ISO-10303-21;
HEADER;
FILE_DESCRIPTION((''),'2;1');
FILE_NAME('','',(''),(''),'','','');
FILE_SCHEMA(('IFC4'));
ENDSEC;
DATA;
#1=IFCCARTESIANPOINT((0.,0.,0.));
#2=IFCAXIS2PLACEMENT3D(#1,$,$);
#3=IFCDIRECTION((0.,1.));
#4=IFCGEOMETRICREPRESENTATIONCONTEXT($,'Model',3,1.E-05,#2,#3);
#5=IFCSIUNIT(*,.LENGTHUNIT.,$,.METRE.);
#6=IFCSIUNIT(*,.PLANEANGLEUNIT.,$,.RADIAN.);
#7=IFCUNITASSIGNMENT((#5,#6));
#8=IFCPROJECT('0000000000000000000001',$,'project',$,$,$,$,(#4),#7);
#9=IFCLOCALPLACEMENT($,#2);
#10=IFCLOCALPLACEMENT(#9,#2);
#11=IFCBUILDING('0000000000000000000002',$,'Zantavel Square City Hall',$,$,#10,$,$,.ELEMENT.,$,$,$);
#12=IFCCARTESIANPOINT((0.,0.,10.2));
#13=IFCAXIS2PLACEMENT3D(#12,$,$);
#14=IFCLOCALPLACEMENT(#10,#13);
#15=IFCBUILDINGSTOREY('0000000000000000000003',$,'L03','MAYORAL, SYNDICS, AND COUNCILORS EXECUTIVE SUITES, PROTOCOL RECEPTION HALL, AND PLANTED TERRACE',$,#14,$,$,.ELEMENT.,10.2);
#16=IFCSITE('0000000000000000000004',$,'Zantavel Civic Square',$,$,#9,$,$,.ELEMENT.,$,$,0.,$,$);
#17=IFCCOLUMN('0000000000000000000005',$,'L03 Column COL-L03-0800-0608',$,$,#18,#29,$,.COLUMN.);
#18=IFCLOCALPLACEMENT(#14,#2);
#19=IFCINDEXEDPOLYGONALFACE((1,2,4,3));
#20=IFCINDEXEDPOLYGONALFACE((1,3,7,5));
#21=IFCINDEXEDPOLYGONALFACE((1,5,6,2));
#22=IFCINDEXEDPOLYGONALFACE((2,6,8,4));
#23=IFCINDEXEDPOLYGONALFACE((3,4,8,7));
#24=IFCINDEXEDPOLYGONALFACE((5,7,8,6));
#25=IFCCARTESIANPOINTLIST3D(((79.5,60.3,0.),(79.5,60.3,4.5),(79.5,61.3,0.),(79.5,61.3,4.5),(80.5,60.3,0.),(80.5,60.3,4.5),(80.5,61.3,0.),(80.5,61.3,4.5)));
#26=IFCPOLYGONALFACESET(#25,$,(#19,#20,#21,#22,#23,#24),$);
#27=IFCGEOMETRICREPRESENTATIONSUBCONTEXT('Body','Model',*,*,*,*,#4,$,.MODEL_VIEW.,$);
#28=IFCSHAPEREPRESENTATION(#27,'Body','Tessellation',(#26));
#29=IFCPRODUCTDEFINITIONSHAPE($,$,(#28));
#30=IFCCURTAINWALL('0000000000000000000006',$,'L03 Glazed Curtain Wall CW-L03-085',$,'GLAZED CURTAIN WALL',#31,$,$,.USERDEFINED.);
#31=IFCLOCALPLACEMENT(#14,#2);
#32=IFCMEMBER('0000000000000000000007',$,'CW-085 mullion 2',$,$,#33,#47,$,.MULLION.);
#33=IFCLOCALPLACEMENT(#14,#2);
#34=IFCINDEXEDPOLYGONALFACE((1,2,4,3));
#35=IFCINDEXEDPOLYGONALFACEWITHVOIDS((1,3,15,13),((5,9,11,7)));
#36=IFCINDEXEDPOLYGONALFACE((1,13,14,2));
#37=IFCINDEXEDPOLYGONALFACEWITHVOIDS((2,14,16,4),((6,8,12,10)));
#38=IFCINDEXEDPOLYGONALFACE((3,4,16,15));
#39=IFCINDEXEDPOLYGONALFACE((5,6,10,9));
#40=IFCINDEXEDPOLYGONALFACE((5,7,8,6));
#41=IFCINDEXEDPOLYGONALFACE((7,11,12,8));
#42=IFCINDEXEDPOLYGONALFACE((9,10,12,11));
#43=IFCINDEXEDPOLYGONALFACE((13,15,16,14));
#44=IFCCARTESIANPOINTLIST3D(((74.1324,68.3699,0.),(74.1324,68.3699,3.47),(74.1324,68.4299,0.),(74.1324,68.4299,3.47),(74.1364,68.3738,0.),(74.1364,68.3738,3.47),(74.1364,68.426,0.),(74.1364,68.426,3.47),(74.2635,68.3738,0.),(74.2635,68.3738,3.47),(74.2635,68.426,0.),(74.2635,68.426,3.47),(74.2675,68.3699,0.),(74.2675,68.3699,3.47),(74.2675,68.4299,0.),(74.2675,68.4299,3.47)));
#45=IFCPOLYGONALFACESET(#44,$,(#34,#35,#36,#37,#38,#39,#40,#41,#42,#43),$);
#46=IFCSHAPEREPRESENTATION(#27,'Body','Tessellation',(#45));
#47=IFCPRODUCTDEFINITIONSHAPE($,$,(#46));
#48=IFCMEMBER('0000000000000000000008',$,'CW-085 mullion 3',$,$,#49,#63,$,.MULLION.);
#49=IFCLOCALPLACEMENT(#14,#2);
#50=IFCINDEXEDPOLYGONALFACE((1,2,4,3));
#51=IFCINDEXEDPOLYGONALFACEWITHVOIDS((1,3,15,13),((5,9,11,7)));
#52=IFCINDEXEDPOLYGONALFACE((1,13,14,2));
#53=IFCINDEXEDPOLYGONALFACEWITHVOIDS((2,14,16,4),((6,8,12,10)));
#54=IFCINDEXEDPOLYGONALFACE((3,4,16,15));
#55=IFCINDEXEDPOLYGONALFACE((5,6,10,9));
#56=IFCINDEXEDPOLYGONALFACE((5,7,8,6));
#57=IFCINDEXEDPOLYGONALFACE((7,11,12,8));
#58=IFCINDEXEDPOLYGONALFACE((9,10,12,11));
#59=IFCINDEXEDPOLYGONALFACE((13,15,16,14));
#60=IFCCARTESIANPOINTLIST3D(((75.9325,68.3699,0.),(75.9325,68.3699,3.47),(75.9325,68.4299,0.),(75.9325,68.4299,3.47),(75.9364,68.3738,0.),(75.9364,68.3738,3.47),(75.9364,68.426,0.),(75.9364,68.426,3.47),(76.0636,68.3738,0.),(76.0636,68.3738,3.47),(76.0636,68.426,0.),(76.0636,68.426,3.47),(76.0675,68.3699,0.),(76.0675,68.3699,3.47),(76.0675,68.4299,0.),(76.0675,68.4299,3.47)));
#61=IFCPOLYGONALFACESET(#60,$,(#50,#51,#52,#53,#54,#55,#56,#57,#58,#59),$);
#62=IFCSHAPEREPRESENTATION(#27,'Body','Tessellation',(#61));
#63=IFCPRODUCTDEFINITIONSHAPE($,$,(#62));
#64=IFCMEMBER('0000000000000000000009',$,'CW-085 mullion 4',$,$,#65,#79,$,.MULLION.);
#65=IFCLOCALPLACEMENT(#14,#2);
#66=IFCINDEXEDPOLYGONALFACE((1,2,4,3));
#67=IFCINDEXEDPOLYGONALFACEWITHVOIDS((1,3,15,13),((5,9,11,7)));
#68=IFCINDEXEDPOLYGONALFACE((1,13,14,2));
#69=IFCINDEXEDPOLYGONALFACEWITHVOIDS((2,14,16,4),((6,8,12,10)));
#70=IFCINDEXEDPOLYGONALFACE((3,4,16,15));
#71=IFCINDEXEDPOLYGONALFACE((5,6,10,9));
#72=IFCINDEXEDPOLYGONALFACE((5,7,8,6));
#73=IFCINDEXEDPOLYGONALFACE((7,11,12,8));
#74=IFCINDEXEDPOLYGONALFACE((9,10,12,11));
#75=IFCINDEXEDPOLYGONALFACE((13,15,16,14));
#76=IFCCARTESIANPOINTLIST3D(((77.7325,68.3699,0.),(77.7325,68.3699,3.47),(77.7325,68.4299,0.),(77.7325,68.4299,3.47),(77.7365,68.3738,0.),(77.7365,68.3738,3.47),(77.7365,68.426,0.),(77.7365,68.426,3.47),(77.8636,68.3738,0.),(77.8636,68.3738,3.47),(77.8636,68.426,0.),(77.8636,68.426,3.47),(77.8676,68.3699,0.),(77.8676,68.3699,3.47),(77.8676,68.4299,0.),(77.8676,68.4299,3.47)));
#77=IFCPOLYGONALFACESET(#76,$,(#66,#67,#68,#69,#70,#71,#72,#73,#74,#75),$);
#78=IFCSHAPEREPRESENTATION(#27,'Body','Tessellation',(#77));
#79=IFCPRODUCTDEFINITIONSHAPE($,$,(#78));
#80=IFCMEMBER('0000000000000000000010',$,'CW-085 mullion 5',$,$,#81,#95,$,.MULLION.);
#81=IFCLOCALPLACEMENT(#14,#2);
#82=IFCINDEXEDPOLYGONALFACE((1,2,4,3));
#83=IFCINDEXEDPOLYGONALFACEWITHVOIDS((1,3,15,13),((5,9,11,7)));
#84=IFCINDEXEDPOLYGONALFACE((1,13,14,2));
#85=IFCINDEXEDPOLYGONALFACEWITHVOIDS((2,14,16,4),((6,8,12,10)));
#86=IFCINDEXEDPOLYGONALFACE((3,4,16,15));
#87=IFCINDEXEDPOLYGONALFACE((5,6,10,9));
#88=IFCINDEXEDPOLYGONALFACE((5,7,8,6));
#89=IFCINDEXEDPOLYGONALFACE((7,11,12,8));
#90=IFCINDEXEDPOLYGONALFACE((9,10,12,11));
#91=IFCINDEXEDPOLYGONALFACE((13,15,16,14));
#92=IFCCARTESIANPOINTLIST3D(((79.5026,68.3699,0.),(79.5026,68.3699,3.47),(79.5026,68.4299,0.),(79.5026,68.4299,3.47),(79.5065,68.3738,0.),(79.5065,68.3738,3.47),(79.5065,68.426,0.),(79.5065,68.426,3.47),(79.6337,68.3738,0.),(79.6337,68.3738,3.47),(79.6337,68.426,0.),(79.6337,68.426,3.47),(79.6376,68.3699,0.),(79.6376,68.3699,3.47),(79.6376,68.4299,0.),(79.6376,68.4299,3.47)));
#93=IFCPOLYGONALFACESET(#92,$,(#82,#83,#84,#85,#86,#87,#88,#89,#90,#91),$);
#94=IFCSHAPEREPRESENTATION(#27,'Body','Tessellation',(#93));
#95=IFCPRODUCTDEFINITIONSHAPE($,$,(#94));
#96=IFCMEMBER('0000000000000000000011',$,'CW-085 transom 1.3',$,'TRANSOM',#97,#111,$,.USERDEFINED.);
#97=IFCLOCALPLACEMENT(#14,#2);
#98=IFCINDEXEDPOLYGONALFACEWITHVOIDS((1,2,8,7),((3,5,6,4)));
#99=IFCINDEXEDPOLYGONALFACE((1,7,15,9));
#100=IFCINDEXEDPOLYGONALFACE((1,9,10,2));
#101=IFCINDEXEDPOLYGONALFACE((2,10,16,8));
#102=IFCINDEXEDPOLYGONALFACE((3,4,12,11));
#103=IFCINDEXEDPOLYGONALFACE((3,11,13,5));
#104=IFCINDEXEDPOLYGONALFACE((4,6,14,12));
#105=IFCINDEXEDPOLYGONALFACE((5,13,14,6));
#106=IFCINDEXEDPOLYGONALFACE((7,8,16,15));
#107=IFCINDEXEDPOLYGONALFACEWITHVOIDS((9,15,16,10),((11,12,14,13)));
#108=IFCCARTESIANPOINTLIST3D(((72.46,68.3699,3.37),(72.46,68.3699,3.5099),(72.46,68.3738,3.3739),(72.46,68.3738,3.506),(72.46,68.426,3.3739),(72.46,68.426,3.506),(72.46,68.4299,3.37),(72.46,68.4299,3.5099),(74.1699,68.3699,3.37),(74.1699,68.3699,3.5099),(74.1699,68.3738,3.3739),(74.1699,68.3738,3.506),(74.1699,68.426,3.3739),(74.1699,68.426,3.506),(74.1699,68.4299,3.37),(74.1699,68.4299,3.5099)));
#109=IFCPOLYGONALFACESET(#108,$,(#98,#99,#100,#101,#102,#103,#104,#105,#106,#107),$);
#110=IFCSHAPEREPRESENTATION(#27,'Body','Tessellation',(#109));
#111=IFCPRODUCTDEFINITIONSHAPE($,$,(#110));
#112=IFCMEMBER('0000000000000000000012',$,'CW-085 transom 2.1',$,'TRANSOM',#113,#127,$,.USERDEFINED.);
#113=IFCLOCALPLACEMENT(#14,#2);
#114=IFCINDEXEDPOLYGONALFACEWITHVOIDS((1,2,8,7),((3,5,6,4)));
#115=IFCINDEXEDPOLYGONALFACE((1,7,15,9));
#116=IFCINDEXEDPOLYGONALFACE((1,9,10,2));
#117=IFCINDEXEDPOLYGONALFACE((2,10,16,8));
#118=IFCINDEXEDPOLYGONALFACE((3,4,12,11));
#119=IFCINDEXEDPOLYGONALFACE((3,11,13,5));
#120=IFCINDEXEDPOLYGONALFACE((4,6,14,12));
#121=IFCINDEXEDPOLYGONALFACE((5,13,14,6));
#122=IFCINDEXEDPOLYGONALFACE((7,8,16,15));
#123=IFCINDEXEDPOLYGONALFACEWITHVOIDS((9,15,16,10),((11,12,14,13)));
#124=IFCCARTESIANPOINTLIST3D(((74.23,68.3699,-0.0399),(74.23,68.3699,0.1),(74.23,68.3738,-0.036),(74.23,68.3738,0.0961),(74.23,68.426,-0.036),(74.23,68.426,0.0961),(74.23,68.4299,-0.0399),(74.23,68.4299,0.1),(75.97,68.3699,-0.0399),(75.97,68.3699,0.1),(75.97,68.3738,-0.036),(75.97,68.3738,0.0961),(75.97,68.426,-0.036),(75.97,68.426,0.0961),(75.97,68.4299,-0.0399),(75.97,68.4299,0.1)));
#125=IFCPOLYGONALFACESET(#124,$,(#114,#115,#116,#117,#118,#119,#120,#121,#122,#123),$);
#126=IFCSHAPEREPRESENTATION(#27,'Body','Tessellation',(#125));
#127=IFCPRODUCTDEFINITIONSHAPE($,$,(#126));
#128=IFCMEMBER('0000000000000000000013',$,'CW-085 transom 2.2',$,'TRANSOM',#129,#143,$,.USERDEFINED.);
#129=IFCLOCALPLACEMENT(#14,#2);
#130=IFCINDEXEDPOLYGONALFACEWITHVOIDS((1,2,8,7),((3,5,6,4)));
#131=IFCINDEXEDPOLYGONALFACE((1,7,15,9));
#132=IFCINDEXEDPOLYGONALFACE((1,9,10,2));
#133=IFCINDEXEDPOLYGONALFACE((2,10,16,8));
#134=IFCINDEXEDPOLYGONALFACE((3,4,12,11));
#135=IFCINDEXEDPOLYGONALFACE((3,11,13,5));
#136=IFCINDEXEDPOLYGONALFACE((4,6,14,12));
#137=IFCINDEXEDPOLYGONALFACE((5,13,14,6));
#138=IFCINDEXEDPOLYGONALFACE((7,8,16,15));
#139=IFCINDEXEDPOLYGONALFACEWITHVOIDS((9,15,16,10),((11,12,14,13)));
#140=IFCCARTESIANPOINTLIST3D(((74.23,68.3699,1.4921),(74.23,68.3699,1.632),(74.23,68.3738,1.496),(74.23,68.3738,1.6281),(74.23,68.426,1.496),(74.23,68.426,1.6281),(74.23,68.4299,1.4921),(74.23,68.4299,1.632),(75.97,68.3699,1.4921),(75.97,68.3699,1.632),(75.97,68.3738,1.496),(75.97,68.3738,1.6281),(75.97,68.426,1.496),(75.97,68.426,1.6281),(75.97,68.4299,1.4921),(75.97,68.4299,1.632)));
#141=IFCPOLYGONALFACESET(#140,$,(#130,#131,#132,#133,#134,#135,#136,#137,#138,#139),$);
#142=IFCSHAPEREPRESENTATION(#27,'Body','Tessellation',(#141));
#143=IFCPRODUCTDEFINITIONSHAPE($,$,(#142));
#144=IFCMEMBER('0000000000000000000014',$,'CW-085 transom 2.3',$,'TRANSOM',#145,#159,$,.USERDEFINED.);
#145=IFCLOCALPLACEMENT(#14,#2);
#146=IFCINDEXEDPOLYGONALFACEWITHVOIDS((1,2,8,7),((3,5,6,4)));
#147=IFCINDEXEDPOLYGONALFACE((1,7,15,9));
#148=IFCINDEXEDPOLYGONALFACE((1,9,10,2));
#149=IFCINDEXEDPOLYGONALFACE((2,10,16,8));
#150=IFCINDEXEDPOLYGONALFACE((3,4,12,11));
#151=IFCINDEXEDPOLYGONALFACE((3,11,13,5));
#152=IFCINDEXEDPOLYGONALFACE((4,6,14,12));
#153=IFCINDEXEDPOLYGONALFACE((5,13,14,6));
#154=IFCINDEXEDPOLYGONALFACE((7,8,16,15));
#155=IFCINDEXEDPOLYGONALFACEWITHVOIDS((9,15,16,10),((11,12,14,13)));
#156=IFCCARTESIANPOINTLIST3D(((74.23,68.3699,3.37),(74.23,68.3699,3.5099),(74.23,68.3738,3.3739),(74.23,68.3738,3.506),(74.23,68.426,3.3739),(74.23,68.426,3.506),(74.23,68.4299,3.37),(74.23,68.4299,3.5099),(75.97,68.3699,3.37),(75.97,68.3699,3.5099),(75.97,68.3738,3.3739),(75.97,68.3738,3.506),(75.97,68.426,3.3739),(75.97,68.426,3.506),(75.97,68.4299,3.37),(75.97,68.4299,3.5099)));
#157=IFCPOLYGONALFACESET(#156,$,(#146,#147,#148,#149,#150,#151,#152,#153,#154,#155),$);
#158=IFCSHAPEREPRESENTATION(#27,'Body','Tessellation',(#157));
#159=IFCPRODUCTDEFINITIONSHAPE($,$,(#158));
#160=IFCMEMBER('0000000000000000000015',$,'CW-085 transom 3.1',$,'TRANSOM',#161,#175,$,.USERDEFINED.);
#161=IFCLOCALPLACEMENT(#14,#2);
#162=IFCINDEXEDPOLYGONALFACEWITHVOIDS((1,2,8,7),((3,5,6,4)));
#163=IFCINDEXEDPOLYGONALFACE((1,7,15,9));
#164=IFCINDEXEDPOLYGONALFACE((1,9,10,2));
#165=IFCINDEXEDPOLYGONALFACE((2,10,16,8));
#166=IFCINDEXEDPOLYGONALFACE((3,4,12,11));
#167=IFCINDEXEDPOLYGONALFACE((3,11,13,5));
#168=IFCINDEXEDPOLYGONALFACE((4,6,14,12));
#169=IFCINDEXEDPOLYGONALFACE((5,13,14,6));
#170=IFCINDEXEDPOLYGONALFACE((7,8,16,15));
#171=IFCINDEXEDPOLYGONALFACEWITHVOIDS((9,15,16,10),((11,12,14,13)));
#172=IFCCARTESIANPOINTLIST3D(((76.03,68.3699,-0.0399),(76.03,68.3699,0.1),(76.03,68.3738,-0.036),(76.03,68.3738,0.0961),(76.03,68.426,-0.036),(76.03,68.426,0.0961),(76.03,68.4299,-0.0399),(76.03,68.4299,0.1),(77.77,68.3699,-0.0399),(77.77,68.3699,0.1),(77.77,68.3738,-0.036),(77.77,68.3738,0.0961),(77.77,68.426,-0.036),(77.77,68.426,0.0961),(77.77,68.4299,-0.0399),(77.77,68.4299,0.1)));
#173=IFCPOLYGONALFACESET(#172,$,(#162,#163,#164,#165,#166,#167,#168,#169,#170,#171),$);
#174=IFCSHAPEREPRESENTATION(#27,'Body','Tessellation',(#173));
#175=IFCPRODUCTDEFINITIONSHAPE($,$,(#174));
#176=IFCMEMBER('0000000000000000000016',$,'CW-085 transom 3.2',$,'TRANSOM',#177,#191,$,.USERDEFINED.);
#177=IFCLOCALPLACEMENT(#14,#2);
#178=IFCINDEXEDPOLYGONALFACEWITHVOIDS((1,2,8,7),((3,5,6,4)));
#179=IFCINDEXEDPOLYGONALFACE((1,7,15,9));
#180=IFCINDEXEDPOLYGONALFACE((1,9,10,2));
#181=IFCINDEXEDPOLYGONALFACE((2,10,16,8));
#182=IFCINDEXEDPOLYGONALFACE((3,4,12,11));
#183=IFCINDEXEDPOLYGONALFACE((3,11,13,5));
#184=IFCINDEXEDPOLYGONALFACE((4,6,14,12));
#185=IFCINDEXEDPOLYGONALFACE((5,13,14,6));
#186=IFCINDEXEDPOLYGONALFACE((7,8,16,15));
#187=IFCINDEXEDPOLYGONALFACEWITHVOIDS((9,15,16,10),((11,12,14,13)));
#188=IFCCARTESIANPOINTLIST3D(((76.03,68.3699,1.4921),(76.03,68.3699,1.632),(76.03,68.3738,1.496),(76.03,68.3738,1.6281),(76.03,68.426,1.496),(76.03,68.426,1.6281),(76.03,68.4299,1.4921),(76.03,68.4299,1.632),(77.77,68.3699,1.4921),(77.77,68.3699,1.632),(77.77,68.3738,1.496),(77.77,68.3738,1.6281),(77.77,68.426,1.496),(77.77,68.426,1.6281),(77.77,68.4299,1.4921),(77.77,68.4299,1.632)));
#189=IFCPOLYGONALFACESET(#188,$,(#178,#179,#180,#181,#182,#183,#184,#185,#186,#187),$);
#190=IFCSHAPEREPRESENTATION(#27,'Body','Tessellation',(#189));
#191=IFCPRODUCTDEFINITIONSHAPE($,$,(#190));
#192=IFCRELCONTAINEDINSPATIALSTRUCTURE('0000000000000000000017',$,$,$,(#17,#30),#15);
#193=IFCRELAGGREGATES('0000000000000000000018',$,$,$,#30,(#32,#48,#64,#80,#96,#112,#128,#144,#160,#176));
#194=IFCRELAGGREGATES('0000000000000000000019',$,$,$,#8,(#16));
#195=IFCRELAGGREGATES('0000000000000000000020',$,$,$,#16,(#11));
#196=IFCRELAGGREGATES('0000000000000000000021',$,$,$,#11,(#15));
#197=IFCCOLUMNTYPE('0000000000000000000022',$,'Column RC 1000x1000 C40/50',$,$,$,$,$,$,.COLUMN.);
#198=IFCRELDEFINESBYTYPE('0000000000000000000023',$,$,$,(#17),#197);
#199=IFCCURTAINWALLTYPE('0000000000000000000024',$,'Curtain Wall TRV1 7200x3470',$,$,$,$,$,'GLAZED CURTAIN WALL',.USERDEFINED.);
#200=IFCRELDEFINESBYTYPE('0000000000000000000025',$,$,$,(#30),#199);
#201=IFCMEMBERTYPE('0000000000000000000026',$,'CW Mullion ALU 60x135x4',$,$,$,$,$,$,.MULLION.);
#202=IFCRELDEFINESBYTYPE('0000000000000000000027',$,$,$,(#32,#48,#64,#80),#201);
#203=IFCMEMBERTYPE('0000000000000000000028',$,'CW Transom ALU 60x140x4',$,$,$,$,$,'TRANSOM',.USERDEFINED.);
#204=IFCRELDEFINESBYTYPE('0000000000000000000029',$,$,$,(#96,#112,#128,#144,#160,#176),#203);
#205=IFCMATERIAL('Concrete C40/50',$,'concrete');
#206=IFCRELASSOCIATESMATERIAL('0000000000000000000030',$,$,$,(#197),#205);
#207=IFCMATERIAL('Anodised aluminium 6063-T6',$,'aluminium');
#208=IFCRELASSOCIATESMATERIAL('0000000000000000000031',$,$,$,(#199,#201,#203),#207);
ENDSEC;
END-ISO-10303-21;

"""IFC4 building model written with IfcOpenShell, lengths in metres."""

from ifc_helpers import new_model, si_unit, direction, frame, origin, origin_2d, place, context, subcontext, project, spatial, rectangle, hollow_rectangle, extrude, material, material_profile, profile_set, type_object, element, aggregate, save


model = new_model("IFC4")

# Units and contexts
model_context = context("Model", 3, precision=1e-05, world=origin(), true_north=direction((0.0, 1.0)))
body_context = subcontext(model_context, "Body", "Model", "MODEL_VIEW")
ifc_project = project(units=[si_unit("LENGTHUNIT", "METRE"), si_unit("PLANEANGLEUNIT", "RADIAN")], contexts=[model_context])

# Site, building, storey
site_placement = place(None, origin())
site = spatial("IfcSite", under=ifc_project, at=site_placement, Name="Zantavel Civic Square", CompositionType="ELEMENT", RefElevation=0.0)
building_placement = place(site_placement, origin())
building = spatial("IfcBuilding", under=site, at=building_placement, Name="Zantavel Square City Hall", CompositionType="ELEMENT")
storey_placement = place(building_placement, frame((0.0, 0.0, 10.2)))
storey = spatial("IfcBuildingStorey", under=building, at=storey_placement, Name="L03", Description="MAYORAL, SYNDICS, AND COUNCILORS EXECUTIVE SUITES, PROTOCOL RECEPTION HALL, AND PLANTED TERRACE", CompositionType="ELEMENT", Elevation=10.2)

# Column
ifc_material_1 = material(Name="Concrete C40/50", Category="concrete")
ifc_material_profile_1 = material_profile(ifc_material_1, rectangle(XDim=1.0, YDim=1.0, at=origin_2d()), Name="RC 1000x1000")
ifc_profile_set_1 = profile_set([ifc_material_profile_1], Name="Concrete C40/50")
column_type = type_object("IfcColumnType", Name="Column RC 1000x1000 C40/50", PredefinedType="COLUMN", material=ifc_profile_set_1)
column_placement = place(storey_placement, frame((80.0, 60.8, 0.0), z_axis=(0.0, 0.0, 1.0), x_axis=(1.0, 0.0, 0.0)))
element("IfcColumn", 1, at=column_placement, inside=storey, type_object=column_type, Name="L03 Column COL-L03-0800-0608", PredefinedType="COLUMN", context=body_context, shape_type="SweptSolid", body=[
    extrude(rectangle(XDim=1.0, YDim=1.0, at=origin_2d()), origin(), (0.0, 0.0, 1.0), 4.5),
])

# Curtain wall, members
ifc_material_2 = material(Name="Anodised aluminium 6063-T6", Category="aluminium")
curtain_wall_type = type_object("IfcCurtainWallType", Name="Curtain Wall TRV1 7200x3470", ElementType="GLAZED CURTAIN WALL", PredefinedType="USERDEFINED", material=ifc_material_2)
curtain_wall_placement = place(storey_placement, origin())
curtain_wall = element("IfcCurtainWall", 2, at=curtain_wall_placement, inside=storey, type_object=curtain_wall_type, Name="L03 Glazed Curtain Wall CW-L03-085", ObjectType="GLAZED CURTAIN WALL", PredefinedType="USERDEFINED")
ifc_material_profile_2 = material_profile(ifc_material_2, hollow_rectangle(XDim=0.0601, YDim=0.135, WallThickness=0.0039, at=origin_2d()), Name="ALU 60x135x4")
ifc_profile_set_2 = profile_set([ifc_material_profile_2], Name="Anodised aluminium 6063-T6")
member_type_1 = type_object("IfcMemberType", Name="CW Mullion ALU 60x135x4", PredefinedType="MULLION", material=ifc_profile_set_2)
member_1_placement = place(storey_placement, frame((74.2, 68.3999, 0.0), z_axis=(0.0, 0.0, 1.0), x_axis=(0.0, 1.0, 0.0)))
member_1 = element("IfcMember", 3, at=member_1_placement, type_object=member_type_1, Name="CW-085 mullion 2", PredefinedType="MULLION", context=body_context, shape_type="SweptSolid", body=[
    extrude(hollow_rectangle(XDim=0.0601, YDim=0.135, WallThickness=0.0039, at=origin_2d()), origin(), (0.0, 0.0, 1.0), 3.47),
])
member_2_placement = place(storey_placement, frame((76.0, 68.3999, 0.0), z_axis=(0.0, 0.0, 1.0), x_axis=(0.0, 1.0, 0.0)))
member_2 = element("IfcMember", 4, at=member_2_placement, type_object=member_type_1, Name="CW-085 mullion 3", PredefinedType="MULLION", context=body_context, shape_type="SweptSolid", body=[
    extrude(hollow_rectangle(XDim=0.0601, YDim=0.135, WallThickness=0.0039, at=origin_2d()), origin(), (0.0, 0.0, 1.0), 3.47),
])
member_3_placement = place(storey_placement, frame((77.8, 68.3999, 0.0), z_axis=(0.0, 0.0, 1.0), x_axis=(0.0, 1.0, 0.0)))
member_3 = element("IfcMember", 5, at=member_3_placement, type_object=member_type_1, Name="CW-085 mullion 4", PredefinedType="MULLION", context=body_context, shape_type="SweptSolid", body=[
    extrude(hollow_rectangle(XDim=0.0601, YDim=0.135, WallThickness=0.0039, at=origin_2d()), origin(), (0.0, 0.0, 1.0), 3.47),
])
member_4_placement = place(storey_placement, frame((79.5701, 68.3999, 0.0), z_axis=(0.0, 0.0, 1.0), x_axis=(0.0, 1.0, 0.0)))
member_4 = element("IfcMember", 6, at=member_4_placement, type_object=member_type_1, Name="CW-085 mullion 5", PredefinedType="MULLION", context=body_context, shape_type="SweptSolid", body=[
    extrude(hollow_rectangle(XDim=0.0601, YDim=0.135, WallThickness=0.0039, at=origin_2d()), origin(), (0.0, 0.0, 1.0), 3.47),
])
ifc_material_profile_3 = material_profile(ifc_material_2, hollow_rectangle(XDim=0.0601, YDim=0.1399, WallThickness=0.0039, at=origin_2d()), Name="ALU 60x140x4")
ifc_profile_set_3 = profile_set([ifc_material_profile_3], Name="Anodised aluminium 6063-T6")
member_type_2 = type_object("IfcMemberType", Name="CW Transom ALU 60x140x4", ElementType="TRANSOM", PredefinedType="USERDEFINED", material=ifc_profile_set_3)
member_5_placement = place(storey_placement, frame((72.46, 68.3999, 3.4399), z_axis=(1.0, 0.0, 0.0), x_axis=(0.0, 1.0, 0.0)))
member_5 = element("IfcMember", 7, at=member_5_placement, type_object=member_type_2, Name="CW-085 transom 1.3", ObjectType="TRANSOM", PredefinedType="USERDEFINED", context=body_context, shape_type="SweptSolid", body=[
    extrude(hollow_rectangle(XDim=0.0601, YDim=0.1399, WallThickness=0.0039, at=origin_2d()), origin(), (0.0, 0.0, 1.0), 1.71),
])
member_6_placement = place(storey_placement, frame((74.23, 68.3999, 0.03), z_axis=(1.0, 0.0, 0.0), x_axis=(0.0, 1.0, 0.0)))
member_6 = element("IfcMember", 8, at=member_6_placement, type_object=member_type_2, Name="CW-085 transom 2.1", ObjectType="TRANSOM", PredefinedType="USERDEFINED", context=body_context, shape_type="SweptSolid", body=[
    extrude(hollow_rectangle(XDim=0.0601, YDim=0.1399, WallThickness=0.0039, at=origin_2d()), origin(), (0.0, 0.0, 1.0), 1.74),
])
member_7_placement = place(storey_placement, frame((74.23, 68.3999, 1.562), z_axis=(1.0, 0.0, 0.0), x_axis=(0.0, 1.0, 0.0)))
member_7 = element("IfcMember", 9, at=member_7_placement, type_object=member_type_2, Name="CW-085 transom 2.2", ObjectType="TRANSOM", PredefinedType="USERDEFINED", context=body_context, shape_type="SweptSolid", body=[
    extrude(hollow_rectangle(XDim=0.0601, YDim=0.1399, WallThickness=0.0039, at=origin_2d()), origin(), (0.0, 0.0, 1.0), 1.74),
])
member_8_placement = place(storey_placement, frame((74.23, 68.3999, 3.4399), z_axis=(1.0, 0.0, 0.0), x_axis=(0.0, 1.0, 0.0)))
member_8 = element("IfcMember", 10, at=member_8_placement, type_object=member_type_2, Name="CW-085 transom 2.3", ObjectType="TRANSOM", PredefinedType="USERDEFINED", context=body_context, shape_type="SweptSolid", body=[
    extrude(hollow_rectangle(XDim=0.0601, YDim=0.1399, WallThickness=0.0039, at=origin_2d()), origin(), (0.0, 0.0, 1.0), 1.74),
])
member_9_placement = place(storey_placement, frame((76.03, 68.3999, 0.03), z_axis=(1.0, 0.0, 0.0), x_axis=(0.0, 1.0, 0.0)))
member_9 = element("IfcMember", 11, at=member_9_placement, type_object=member_type_2, Name="CW-085 transom 3.1", ObjectType="TRANSOM", PredefinedType="USERDEFINED", context=body_context, shape_type="SweptSolid", body=[
    extrude(hollow_rectangle(XDim=0.0601, YDim=0.1399, WallThickness=0.0039, at=origin_2d()), origin(), (0.0, 0.0, 1.0), 1.74),
])
member_10_placement = place(storey_placement, frame((76.03, 68.3999, 1.562), z_axis=(1.0, 0.0, 0.0), x_axis=(0.0, 1.0, 0.0)))
member_10 = element("IfcMember", 12, at=member_10_placement, type_object=member_type_2, Name="CW-085 transom 3.2", ObjectType="TRANSOM", PredefinedType="USERDEFINED", context=body_context, shape_type="SweptSolid", body=[
    extrude(hollow_rectangle(XDim=0.0601, YDim=0.1399, WallThickness=0.0039, at=origin_2d()), origin(), (0.0, 0.0, 1.0), 1.74),
])

aggregate(curtain_wall, [member_1, member_2, member_3, member_4, member_5, member_6, member_7, member_8, member_9, member_10])

save(model, "model.ifc")
